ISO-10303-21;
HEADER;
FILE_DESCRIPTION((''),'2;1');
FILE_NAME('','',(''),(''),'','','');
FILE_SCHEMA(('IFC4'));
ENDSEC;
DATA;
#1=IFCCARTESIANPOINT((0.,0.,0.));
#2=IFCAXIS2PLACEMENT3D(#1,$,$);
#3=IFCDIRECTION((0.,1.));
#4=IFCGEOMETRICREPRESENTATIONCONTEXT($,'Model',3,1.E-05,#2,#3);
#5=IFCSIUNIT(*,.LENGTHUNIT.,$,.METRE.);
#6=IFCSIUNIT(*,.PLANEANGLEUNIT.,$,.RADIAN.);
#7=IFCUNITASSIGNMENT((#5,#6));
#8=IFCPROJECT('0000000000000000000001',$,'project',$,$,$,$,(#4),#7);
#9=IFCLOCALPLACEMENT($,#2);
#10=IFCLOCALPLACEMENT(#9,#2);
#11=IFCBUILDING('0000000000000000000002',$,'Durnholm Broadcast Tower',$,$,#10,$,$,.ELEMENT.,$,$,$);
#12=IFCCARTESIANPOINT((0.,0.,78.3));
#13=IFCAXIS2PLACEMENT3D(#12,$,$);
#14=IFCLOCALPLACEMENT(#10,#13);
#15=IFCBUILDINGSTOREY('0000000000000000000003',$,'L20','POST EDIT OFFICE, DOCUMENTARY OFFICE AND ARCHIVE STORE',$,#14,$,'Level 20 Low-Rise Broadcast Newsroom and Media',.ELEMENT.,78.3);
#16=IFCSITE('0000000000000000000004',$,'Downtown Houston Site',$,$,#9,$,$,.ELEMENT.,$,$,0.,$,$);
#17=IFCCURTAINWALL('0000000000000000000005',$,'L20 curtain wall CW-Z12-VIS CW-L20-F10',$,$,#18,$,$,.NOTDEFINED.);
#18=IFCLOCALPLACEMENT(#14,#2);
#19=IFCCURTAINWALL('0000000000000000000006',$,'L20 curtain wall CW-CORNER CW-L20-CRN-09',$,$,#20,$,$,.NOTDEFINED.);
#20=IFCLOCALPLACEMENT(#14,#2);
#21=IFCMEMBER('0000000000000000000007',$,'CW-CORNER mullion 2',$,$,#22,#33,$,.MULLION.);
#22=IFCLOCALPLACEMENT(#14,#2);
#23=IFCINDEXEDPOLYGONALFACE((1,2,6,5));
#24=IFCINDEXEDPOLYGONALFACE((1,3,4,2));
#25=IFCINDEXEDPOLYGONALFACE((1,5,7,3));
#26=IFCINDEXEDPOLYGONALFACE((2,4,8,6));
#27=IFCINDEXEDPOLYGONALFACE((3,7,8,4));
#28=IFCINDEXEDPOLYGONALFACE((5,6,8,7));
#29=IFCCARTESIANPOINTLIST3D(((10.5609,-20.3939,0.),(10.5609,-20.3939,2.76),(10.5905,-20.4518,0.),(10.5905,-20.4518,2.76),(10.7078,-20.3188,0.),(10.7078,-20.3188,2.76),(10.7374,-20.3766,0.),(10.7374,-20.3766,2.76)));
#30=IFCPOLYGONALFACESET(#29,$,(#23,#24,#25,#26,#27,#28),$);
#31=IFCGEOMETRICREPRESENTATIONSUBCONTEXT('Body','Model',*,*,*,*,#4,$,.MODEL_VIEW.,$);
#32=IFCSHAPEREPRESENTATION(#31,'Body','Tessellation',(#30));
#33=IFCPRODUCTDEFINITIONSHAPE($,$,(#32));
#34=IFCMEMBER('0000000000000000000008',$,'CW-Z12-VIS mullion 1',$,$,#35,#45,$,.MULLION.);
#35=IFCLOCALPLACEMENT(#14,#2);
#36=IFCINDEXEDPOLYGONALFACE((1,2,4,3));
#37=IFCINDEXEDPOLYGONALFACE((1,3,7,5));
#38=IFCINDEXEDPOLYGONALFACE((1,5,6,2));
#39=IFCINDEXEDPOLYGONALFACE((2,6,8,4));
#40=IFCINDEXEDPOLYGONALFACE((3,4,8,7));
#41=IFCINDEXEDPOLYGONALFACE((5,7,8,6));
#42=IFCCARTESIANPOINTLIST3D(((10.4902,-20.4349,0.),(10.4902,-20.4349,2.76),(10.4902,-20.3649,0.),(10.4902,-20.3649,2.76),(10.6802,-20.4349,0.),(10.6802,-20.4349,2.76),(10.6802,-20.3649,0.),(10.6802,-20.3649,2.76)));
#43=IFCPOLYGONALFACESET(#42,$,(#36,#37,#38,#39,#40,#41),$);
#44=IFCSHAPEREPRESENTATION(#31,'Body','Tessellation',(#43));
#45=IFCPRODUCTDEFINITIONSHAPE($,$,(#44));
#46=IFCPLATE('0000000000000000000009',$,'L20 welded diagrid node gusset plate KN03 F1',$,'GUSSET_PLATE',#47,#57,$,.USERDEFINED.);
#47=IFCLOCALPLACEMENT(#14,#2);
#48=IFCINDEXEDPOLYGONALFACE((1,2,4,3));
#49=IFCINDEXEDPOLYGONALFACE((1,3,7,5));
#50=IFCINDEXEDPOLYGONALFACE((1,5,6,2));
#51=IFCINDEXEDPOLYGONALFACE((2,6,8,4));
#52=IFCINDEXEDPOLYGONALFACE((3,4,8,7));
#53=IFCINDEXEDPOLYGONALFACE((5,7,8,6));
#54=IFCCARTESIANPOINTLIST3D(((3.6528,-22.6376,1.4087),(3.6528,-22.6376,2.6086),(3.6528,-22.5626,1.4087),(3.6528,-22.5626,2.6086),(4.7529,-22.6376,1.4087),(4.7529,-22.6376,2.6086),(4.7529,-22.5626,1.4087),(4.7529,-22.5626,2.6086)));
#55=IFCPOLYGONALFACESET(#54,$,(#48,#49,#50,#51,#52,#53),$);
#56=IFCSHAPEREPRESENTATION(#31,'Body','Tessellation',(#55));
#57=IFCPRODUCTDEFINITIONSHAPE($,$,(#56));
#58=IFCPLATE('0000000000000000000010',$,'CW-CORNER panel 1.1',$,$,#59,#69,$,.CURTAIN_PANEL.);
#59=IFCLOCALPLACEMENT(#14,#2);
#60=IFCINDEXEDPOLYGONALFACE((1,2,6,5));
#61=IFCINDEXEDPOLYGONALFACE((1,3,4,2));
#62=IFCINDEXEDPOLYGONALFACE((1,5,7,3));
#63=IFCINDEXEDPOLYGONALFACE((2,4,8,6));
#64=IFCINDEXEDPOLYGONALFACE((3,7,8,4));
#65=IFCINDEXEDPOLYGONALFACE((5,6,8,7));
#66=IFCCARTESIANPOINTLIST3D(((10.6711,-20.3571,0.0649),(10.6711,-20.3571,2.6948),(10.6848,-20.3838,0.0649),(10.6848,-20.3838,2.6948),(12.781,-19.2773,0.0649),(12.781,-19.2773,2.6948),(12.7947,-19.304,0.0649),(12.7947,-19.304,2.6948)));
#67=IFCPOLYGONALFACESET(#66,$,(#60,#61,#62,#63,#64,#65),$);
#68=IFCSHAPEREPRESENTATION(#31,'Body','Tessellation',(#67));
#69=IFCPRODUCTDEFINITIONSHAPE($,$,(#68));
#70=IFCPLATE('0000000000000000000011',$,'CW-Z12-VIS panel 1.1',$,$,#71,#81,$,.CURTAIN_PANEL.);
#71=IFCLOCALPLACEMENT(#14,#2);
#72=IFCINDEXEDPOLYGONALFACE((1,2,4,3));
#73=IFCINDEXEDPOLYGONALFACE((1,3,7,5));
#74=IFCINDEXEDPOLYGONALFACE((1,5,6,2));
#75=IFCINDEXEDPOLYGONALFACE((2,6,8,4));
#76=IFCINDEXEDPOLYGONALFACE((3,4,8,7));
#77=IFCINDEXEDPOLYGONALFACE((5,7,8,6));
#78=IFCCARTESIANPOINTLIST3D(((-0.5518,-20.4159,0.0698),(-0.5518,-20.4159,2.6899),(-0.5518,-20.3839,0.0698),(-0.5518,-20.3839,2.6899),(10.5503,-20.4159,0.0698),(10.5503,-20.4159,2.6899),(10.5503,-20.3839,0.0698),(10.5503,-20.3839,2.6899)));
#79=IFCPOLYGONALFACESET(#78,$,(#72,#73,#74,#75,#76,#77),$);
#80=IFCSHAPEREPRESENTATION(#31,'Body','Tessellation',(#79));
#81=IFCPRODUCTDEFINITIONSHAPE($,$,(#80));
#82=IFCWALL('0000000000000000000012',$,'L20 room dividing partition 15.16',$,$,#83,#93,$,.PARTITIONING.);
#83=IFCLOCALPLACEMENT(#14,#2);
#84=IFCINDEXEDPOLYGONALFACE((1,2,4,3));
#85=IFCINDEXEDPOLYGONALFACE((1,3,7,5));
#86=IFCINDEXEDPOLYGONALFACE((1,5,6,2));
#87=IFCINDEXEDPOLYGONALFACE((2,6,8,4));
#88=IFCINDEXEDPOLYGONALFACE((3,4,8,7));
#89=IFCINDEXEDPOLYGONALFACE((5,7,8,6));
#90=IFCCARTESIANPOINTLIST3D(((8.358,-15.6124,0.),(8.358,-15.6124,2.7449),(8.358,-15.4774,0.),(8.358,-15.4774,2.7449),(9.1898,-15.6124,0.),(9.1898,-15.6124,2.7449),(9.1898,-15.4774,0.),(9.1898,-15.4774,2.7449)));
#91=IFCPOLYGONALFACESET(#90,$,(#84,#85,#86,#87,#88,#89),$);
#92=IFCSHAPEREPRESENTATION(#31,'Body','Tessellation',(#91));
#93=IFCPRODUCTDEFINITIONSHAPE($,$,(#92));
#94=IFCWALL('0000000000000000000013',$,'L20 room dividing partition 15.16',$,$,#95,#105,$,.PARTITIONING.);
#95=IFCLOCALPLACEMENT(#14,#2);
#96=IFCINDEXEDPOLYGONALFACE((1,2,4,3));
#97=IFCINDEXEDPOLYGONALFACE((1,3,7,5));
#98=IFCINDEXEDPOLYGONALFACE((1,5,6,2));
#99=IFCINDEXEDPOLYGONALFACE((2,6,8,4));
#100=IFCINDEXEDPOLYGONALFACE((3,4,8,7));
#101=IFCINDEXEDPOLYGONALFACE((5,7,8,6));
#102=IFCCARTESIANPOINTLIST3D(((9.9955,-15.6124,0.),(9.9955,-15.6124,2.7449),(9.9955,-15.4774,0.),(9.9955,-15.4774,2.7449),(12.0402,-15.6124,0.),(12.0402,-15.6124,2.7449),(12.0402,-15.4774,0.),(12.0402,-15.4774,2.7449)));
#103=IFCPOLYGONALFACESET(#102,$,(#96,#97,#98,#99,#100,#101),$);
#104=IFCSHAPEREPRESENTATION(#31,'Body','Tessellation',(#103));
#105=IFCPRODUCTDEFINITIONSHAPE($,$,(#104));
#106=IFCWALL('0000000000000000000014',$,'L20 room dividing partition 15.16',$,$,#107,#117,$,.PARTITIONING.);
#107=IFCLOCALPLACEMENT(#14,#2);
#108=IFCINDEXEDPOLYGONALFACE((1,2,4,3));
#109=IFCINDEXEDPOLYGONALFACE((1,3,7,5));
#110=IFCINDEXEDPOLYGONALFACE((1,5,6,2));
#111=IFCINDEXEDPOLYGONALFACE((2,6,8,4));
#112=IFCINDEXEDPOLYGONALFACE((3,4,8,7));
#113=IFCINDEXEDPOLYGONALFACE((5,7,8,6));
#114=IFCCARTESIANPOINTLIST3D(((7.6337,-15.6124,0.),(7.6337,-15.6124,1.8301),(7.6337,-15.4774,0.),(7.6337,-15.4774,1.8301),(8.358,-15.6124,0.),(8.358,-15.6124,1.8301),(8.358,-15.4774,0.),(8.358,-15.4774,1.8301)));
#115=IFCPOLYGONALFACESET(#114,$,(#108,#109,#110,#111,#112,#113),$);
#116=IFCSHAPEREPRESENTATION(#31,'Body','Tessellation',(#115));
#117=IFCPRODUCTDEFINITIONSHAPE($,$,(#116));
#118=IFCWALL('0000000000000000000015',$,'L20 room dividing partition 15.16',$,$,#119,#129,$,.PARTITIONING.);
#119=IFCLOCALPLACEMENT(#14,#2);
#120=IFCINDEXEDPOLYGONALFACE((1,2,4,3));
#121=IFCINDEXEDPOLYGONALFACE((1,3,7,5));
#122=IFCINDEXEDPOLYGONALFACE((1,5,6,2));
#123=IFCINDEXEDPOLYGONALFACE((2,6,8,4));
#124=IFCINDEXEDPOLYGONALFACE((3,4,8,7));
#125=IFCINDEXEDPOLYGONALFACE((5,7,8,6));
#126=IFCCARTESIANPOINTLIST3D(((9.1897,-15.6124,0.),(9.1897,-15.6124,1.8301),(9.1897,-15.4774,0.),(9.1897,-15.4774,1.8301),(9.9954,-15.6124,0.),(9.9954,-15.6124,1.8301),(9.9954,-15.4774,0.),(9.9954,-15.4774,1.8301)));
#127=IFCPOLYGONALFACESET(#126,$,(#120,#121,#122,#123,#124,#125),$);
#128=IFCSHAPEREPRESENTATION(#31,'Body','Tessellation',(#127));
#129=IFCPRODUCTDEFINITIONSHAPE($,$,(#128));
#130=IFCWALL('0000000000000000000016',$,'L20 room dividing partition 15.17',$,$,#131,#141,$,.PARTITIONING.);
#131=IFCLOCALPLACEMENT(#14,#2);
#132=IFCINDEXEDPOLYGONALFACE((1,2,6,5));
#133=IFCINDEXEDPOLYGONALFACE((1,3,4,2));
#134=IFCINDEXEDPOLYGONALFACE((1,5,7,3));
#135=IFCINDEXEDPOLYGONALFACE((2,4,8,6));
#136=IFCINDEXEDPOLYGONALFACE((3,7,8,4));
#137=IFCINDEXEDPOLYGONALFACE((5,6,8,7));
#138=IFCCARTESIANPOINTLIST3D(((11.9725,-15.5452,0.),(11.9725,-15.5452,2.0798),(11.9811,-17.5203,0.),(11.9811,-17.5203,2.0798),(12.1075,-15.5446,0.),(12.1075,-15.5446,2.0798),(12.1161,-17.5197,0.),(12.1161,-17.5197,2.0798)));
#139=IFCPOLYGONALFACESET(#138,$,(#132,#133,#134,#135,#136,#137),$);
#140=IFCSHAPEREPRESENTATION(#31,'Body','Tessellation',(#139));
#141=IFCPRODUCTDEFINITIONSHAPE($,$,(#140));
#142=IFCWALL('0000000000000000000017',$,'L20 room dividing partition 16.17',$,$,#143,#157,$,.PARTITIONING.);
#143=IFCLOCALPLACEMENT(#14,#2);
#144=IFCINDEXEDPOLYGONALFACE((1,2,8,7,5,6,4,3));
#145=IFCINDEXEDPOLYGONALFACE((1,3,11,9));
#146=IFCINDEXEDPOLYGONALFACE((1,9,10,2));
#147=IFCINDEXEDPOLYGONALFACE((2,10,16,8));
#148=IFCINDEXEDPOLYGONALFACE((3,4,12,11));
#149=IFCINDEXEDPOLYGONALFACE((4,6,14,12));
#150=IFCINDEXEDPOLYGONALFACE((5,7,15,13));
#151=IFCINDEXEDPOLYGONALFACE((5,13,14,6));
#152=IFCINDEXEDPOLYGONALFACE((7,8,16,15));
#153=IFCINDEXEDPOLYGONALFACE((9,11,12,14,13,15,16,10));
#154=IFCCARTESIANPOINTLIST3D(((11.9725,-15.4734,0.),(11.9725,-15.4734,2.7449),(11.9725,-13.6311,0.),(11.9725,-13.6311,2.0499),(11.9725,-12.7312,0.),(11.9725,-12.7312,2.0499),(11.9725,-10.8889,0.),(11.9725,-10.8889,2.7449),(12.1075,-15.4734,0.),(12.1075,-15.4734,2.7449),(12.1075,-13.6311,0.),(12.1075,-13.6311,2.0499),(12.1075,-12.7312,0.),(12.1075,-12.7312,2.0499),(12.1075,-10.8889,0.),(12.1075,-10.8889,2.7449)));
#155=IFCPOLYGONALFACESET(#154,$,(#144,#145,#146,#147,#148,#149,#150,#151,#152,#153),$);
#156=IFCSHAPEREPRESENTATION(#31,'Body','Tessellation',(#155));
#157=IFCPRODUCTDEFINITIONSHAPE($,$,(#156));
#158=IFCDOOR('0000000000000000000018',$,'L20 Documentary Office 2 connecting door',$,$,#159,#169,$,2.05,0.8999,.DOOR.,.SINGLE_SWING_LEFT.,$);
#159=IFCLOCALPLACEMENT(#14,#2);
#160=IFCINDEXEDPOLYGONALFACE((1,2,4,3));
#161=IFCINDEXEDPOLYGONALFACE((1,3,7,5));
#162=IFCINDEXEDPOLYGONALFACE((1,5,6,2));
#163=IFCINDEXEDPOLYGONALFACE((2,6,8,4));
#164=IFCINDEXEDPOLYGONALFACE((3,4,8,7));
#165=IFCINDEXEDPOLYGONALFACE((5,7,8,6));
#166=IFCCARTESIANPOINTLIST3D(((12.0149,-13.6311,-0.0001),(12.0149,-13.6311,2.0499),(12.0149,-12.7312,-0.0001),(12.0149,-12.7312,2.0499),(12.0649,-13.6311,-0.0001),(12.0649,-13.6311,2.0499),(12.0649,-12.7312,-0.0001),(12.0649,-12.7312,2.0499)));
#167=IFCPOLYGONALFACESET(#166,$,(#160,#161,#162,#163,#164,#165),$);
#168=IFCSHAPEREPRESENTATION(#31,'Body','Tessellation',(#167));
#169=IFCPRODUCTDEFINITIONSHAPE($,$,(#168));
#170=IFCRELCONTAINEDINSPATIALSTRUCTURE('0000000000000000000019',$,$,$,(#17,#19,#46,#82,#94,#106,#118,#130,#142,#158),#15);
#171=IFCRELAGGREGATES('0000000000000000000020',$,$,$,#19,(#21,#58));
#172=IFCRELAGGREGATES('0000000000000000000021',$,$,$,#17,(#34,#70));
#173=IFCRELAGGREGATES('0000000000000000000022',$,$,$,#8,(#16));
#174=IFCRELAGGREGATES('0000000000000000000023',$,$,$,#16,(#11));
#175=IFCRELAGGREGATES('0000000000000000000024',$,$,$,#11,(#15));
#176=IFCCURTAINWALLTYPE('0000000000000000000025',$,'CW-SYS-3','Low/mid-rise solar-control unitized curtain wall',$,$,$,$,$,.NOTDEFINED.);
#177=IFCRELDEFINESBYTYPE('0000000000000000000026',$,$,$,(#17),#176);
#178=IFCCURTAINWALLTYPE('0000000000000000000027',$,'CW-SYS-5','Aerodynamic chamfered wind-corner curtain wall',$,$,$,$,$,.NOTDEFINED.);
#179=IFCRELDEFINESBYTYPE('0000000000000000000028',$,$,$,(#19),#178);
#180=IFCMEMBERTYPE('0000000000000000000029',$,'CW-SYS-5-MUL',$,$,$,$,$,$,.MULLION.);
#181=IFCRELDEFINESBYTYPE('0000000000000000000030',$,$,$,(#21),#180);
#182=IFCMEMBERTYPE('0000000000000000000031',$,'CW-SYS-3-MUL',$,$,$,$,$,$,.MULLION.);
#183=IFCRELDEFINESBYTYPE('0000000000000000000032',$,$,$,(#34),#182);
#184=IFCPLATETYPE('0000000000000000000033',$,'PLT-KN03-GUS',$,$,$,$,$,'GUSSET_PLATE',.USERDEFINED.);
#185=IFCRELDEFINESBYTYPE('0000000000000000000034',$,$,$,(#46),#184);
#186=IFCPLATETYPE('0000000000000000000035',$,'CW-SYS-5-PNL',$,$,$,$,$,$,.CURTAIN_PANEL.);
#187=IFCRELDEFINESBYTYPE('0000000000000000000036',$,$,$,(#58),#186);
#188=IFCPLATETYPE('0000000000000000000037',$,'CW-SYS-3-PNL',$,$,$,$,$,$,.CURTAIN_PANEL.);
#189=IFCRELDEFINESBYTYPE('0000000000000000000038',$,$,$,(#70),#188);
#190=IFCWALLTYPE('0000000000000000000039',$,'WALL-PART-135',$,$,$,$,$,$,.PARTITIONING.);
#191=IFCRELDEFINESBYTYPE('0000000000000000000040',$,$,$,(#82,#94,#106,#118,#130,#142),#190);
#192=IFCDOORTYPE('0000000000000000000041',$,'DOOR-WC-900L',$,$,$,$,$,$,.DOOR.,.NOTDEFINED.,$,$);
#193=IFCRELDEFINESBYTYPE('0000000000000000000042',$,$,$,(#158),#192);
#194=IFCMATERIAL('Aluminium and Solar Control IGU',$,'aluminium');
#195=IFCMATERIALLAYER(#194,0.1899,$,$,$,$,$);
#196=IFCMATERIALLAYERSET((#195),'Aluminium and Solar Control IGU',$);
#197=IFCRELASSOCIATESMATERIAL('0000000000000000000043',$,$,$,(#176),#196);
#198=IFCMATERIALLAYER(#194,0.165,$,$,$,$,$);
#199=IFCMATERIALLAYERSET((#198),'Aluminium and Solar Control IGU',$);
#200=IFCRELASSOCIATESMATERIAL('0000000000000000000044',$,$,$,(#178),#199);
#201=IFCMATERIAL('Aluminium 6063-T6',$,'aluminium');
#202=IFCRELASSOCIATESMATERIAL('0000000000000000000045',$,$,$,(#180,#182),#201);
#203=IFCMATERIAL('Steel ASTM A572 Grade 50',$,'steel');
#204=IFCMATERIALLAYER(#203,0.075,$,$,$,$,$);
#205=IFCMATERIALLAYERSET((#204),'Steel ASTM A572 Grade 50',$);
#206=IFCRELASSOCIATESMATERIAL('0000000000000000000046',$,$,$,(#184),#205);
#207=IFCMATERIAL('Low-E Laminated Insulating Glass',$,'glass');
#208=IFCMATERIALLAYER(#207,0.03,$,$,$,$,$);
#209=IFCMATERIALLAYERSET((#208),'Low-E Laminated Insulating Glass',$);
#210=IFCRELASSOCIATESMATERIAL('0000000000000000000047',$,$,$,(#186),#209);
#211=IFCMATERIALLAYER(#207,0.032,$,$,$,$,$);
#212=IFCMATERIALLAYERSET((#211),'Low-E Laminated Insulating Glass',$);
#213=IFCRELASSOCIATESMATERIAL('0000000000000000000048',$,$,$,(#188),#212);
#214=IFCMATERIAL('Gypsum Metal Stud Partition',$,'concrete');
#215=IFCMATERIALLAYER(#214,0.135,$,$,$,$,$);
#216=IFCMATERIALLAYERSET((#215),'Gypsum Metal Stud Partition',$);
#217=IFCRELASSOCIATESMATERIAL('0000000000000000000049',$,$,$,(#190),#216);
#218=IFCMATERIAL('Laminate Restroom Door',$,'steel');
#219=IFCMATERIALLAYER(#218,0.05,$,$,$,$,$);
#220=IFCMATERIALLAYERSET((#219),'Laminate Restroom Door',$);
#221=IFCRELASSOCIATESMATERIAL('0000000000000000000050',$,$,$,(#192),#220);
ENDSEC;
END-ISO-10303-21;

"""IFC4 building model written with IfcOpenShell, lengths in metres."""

from ifc_helpers import new_model, si_unit, direction, frame, frame_2d, origin, origin_2d, place, context, subcontext, project, spatial, rectangle, extrude, source, transform, mapped, material, layer, layer_set, material_profile, profile_set, type_object, type_shapes, element, fill, aggregate, save


model = new_model("IFC4")

# Units and contexts
model_context = context("Model", 3, precision=1e-05, world=origin(), true_north=direction((0.0, 1.0)))
body_context = subcontext(model_context, "Body", "Model", "MODEL_VIEW")
ifc_project = project(units=[si_unit("LENGTHUNIT", "METRE"), si_unit("PLANEANGLEUNIT", "RADIAN")], contexts=[model_context])

# Site, building, storey
site_placement = place(None, origin())
site = spatial("IfcSite", under=ifc_project, at=site_placement, Name="Downtown Houston Site", CompositionType="ELEMENT", RefElevation=0.0)
building_placement = place(site_placement, origin())
building = spatial("IfcBuilding", under=site, at=building_placement, Name="Durnholm Broadcast Tower", CompositionType="ELEMENT")
storey_placement = place(building_placement, frame((0.0, 0.0, 78.3)))
storey = spatial("IfcBuildingStorey", under=building, at=storey_placement, Name="L20", Description="POST EDIT OFFICE, DOCUMENTARY OFFICE AND ARCHIVE STORE", LongName="Level 20 Low-Rise Broadcast Newsroom and Media", CompositionType="ELEMENT", Elevation=78.3)

# Curtain wall
ifc_material_1 = material(Name="Aluminium and Solar Control IGU", Category="aluminium")
ifc_layer_1 = layer(ifc_material_1, 0.1899)
ifc_layer_set_1 = layer_set([ifc_layer_1], Name="Aluminium and Solar Control IGU")
curtain_wall_type_1 = type_object("IfcCurtainWallType", Name="CW-SYS-3", Description="Low/mid-rise solar-control unitized curtain wall", PredefinedType="NOTDEFINED", material=ifc_layer_set_1)
curtain_wall_1_placement = place(storey_placement, origin())
curtain_wall_1 = element("IfcCurtainWall", 1, at=curtain_wall_1_placement, inside=storey, type_object=curtain_wall_type_1, Name="L20 curtain wall CW-Z12-VIS CW-L20-F10", PredefinedType="NOTDEFINED")
ifc_material_2 = material(Name="Aluminium 6063-T6", Category="aluminium")

# Curtain wall, member
ifc_layer_2 = layer(ifc_material_1, 0.165)
ifc_layer_set_2 = layer_set([ifc_layer_2], Name="Aluminium and Solar Control IGU")
curtain_wall_type_2 = type_object("IfcCurtainWallType", Name="CW-SYS-5", Description="Aerodynamic chamfered wind-corner curtain wall", PredefinedType="NOTDEFINED", material=ifc_layer_set_2)
curtain_wall_2_placement = place(storey_placement, origin())
curtain_wall_2 = element("IfcCurtainWall", 2, at=curtain_wall_2_placement, inside=storey, type_object=curtain_wall_type_2, Name="L20 curtain wall CW-CORNER CW-L20-CRN-09", PredefinedType="NOTDEFINED")
ifc_material_profile_1 = material_profile(ifc_material_2, rectangle(XDim=0.0649, YDim=0.165, at=origin_2d()), Name="CWM65X165")
ifc_profile_set_1 = profile_set([ifc_material_profile_1], Name="Aluminium 6063-T6")
member_type_1 = type_object("IfcMemberType", Name="CW-SYS-5-MUL", PredefinedType="MULLION", material=ifc_profile_set_1)
shared_shape_1 = source(origin(), body_context, "Body", "SweptSolid", [
    extrude(rectangle(XDim=0.0649, YDim=0.165, at=origin_2d()), origin(), (0.0, 0.0, 1.0), 2.76),
])
type_shapes(member_type_1, [shared_shape_1])
member_1_placement = place(storey_placement, frame((10.6492, -20.3853, 0.0), z_axis=(0.0, 0.0, 1.0), x_axis=(0.455594, -0.890188, 0.0)))
member_1 = element("IfcMember", 3, at=member_1_placement, type_object=member_type_1, Name="CW-CORNER mullion 2", PredefinedType="MULLION", context=body_context, shape_type="MappedRepresentation", body=[
    mapped(shared_shape_1, transform((0.0, 0.0, 0.0), x_axis=(1.0, 0.0, 0.0), y_axis=(0.0, 1.0, 0.0), z_axis=(0.0, 0.0, 1.0), scale=1.0)),
])

# Member
ifc_material_profile_2 = material_profile(ifc_material_2, rectangle(XDim=0.0701, YDim=0.1899, at=origin_2d()), Name="CWM70X190")
ifc_profile_set_2 = profile_set([ifc_material_profile_2], Name="Aluminium 6063-T6")
member_type_2 = type_object("IfcMemberType", Name="CW-SYS-3-MUL", PredefinedType="MULLION", material=ifc_profile_set_2)
shared_shape_2 = source(origin(), body_context, "Body", "SweptSolid", [
    extrude(rectangle(XDim=0.0701, YDim=0.1899, at=origin_2d()), origin(), (0.0, 0.0, 1.0), 2.76),
])
type_shapes(member_type_2, [shared_shape_2])
member_2_placement = place(storey_placement, frame((10.5852, -20.3999, 0.0), z_axis=(0.0, 0.0, 1.0), x_axis=(0.0, -1.0, 0.0)))
member_2 = element("IfcMember", 4, at=member_2_placement, type_object=member_type_2, Name="CW-Z12-VIS mullion 1", PredefinedType="MULLION", context=body_context, shape_type="MappedRepresentation", body=[
    mapped(shared_shape_2, transform((0.0, 0.0, 0.0), x_axis=(1.0, 0.0, 0.0), y_axis=(0.0, 1.0, 0.0), z_axis=(0.0, 0.0, 1.0), scale=1.0)),
])

# Plates
ifc_material_3 = material(Name="Steel ASTM A572 Grade 50", Category="steel")
ifc_layer_3 = layer(ifc_material_3, 0.075)
ifc_layer_set_3 = layer_set([ifc_layer_3], Name="Steel ASTM A572 Grade 50")
plate_type_1 = type_object("IfcPlateType", Name="PLT-KN03-GUS", ElementType="GUSSET_PLATE", PredefinedType="USERDEFINED", material=ifc_layer_set_3)
shared_shape_3 = source(origin(), body_context, "Body", "SweptSolid", [
    extrude(rectangle(XDim=1.1001, YDim=0.075, at=origin_2d()), origin(), (0.0, 0.0, 1.0), 1.2),
])
type_shapes(plate_type_1, [shared_shape_3])
plate_1_placement = place(storey_placement, frame((4.2029, -22.6001, 1.4087), z_axis=(0.0, 0.0, 1.0), x_axis=(1.0, 0.0, 0.0)))
element("IfcPlate", 5, at=plate_1_placement, inside=storey, type_object=plate_type_1, Name="L20 welded diagrid node gusset plate KN03 F1", ObjectType="GUSSET_PLATE", PredefinedType="USERDEFINED", context=body_context, shape_type="MappedRepresentation", body=[
    mapped(shared_shape_3, transform((0.0, 0.0, 0.0), x_axis=(1.0, 0.0, 0.0), y_axis=(0.0, 1.0, 0.0), z_axis=(0.0, 0.0, 1.0), scale=1.0)),
])
ifc_material_4 = material(Name="Low-E Laminated Insulating Glass", Category="glass")
ifc_layer_4 = layer(ifc_material_4, 0.03)
ifc_layer_set_4 = layer_set([ifc_layer_4], Name="Low-E Laminated Insulating Glass")
plate_type_2 = type_object("IfcPlateType", Name="CW-SYS-5-PNL", PredefinedType="CURTAIN_PANEL", material=ifc_layer_set_4)
shared_shape_4 = source(origin(), body_context, "Body", "SweptSolid", [
    extrude(rectangle(XDim=2.3701, YDim=0.03, at=origin_2d()), origin(), (0.0, 0.0, 1.0), 2.6299),
])
type_shapes(plate_type_2, [shared_shape_4])
plate_2_placement = place(storey_placement, frame((11.7329, -19.8306, 0.0649), z_axis=(0.0, 0.0, 1.0), x_axis=(-0.890188, -0.455594, 0.0)))
plate_2 = element("IfcPlate", 6, at=plate_2_placement, type_object=plate_type_2, Name="CW-CORNER panel 1.1", PredefinedType="CURTAIN_PANEL", context=body_context, shape_type="MappedRepresentation", body=[
    mapped(shared_shape_4, transform((0.0, 0.0, 0.0), x_axis=(1.0, 0.0, 0.0), y_axis=(0.0, 1.0, 0.0), z_axis=(0.0, 0.0, 1.0), scale=1.0)),
])
aggregate(curtain_wall_2, [member_1, plate_2])
ifc_layer_5 = layer(ifc_material_4, 0.032)
ifc_layer_set_5 = layer_set([ifc_layer_5], Name="Low-E Laminated Insulating Glass")
plate_type_3 = type_object("IfcPlateType", Name="CW-SYS-3-PNL", PredefinedType="CURTAIN_PANEL", material=ifc_layer_set_5)
shared_shape_5 = source(origin(), body_context, "Body", "SweptSolid", [
    extrude(rectangle(XDim=11.1021, YDim=0.032, at=origin_2d()), origin(), (0.0, 0.0, 1.0), 2.6201),
])
type_shapes(plate_type_3, [shared_shape_5])
plate_3_placement = place(storey_placement, frame((4.9993, -20.3999, 0.0698), z_axis=(0.0, 0.0, 1.0), x_axis=(-1.0, 0.0, 0.0)))
plate_3 = element("IfcPlate", 7, at=plate_3_placement, type_object=plate_type_3, Name="CW-Z12-VIS panel 1.1", PredefinedType="CURTAIN_PANEL", context=body_context, shape_type="MappedRepresentation", body=[
    mapped(shared_shape_5, transform((0.0, 0.0, 0.0), x_axis=(1.0, 0.0, 0.0), y_axis=(0.0, 1.0, 0.0), z_axis=(0.0, 0.0, 1.0), scale=1.0)),
])
aggregate(curtain_wall_1, [member_2, plate_3])

# Walls
ifc_material_5 = material(Name="Gypsum Metal Stud Partition", Category="concrete")
ifc_layer_6 = layer(ifc_material_5, 0.135)
ifc_layer_set_6 = layer_set([ifc_layer_6], Name="Gypsum Metal Stud Partition")
wall_type_1 = type_object("IfcWallType", Name="WALL-PART-135", PredefinedType="PARTITIONING", material=ifc_layer_set_6)
wall_1_placement = place(storey_placement, frame((8.3579, -15.5449, 0.0), z_axis=(0.0, 0.0, 1.0), x_axis=(1.0, 0.0, 0.0)))
element("IfcWall", 8, at=wall_1_placement, inside=storey, type_object=wall_type_1, Name="L20 room dividing partition 15.16", PredefinedType="PARTITIONING", context=body_context, shape_type="SweptSolid", body=[
    extrude(rectangle(XDim=0.8318, YDim=0.135, at=frame_2d((0.416, 0.0))), origin(), (0.0, 0.0, 1.0), 2.7449),
])
wall_2_placement = place(storey_placement, frame((9.9954, -15.5449, 0.0), z_axis=(0.0, 0.0, 1.0), x_axis=(1.0, 0.0, 0.0)))
element("IfcWall", 9, at=wall_2_placement, inside=storey, type_object=wall_type_1, Name="L20 room dividing partition 15.16", PredefinedType="PARTITIONING", context=body_context, shape_type="SweptSolid", body=[
    extrude(rectangle(XDim=2.0447, YDim=0.135, at=frame_2d((1.0225, 0.0))), origin(), (0.0, 0.0, 1.0), 2.7449),
])
wall_3_placement = place(storey_placement, frame((7.6335, -15.5449, 0.0), z_axis=(0.0, 0.0, 1.0), x_axis=(1.0, 0.0, 0.0)))
element("IfcWall", 10, at=wall_3_placement, inside=storey, type_object=wall_type_1, Name="L20 room dividing partition 15.16", PredefinedType="PARTITIONING", context=body_context, shape_type="SweptSolid", body=[
    extrude(rectangle(XDim=0.7244, YDim=0.135, at=frame_2d((0.3623, 0.0))), origin(), (0.0, 0.0, 1.0), 1.8301),
])
wall_4_placement = place(storey_placement, frame((9.1897, -15.5449, 0.0), z_axis=(0.0, 0.0, 1.0), x_axis=(1.0, 0.0, 0.0)))
element("IfcWall", 11, at=wall_4_placement, inside=storey, type_object=wall_type_1, Name="L20 room dividing partition 15.16", PredefinedType="PARTITIONING", context=body_context, shape_type="SweptSolid", body=[
    extrude(rectangle(XDim=0.8057, YDim=0.135, at=frame_2d((0.4028, 0.0))), origin(), (0.0, 0.0, 1.0), 1.8301),
])
wall_5_placement = place(storey_placement, frame((12.04, -15.5449, 0.0), z_axis=(0.0, 0.0, 1.0), x_axis=(0.004326, -0.999991, 0.0)))
element("IfcWall", 12, at=wall_5_placement, inside=storey, type_object=wall_type_1, Name="L20 room dividing partition 15.17", PredefinedType="PARTITIONING", context=body_context, shape_type="SweptSolid", body=[
    extrude(rectangle(XDim=1.9751, YDim=0.135, at=frame_2d((0.9875, 0.0))), origin(), (0.0, 0.0, 1.0), 2.0798),
])

# Wall, opening, door
wall_6_placement = place(storey_placement, frame((12.04, -10.8889, 0.0), z_axis=(0.0, 0.0, 1.0), x_axis=(0.0, -1.0, 0.0)))
wall_6 = element("IfcWall", 13, at=wall_6_placement, inside=storey, type_object=wall_type_1, Name="L20 room dividing partition 16.17", PredefinedType="PARTITIONING", context=body_context, shape_type="SweptSolid", body=[
    extrude(rectangle(XDim=4.5845, YDim=0.135, at=frame_2d((2.2922, 0.0))), origin(), (0.0, 0.0, 1.0), 2.7449),
])
opening_placement = place(wall_6_placement, frame((1.8423, 0.0, 0.0)))
opening = element("IfcOpeningElement", 14, at=opening_placement, cuts=wall_6, PredefinedType="OPENING", context=body_context, shape_type="SweptSolid", body=[
    extrude(rectangle(XDim=0.8999, YDim=2.05, at=frame_2d((0.45, 1.0249))), frame((0.0, 0.0776, 0.0), z_axis=(0.0, -1.0, 0.0), x_axis=(1.0, 0.0, 0.0)), (0.0, 0.0, 1.0), 0.155),
])
ifc_material_6 = material(Name="Laminate Restroom Door", Category="steel")
ifc_layer_7 = layer(ifc_material_6, 0.05)
ifc_layer_set_7 = layer_set([ifc_layer_7], Name="Laminate Restroom Door")
door_type = type_object("IfcDoorType", Name="DOOR-WC-900L", OperationType="NOTDEFINED", PredefinedType="DOOR", material=ifc_layer_set_7)
shared_shape_6 = source(origin(), body_context, "Body", "SweptSolid", [
    extrude(rectangle(XDim=0.8999, YDim=2.05, at=frame_2d((0.45, 1.0249))), frame((0.0, 0.0249, 0.0), z_axis=(0.0, -1.0, 0.0), x_axis=(1.0, 0.0, 0.0)), (0.0, 0.0, 1.0), 0.05),
])
type_shapes(door_type, [shared_shape_6])
door_placement = place(opening_placement, origin())
door = element("IfcDoor", 15, at=door_placement, inside=storey, type_object=door_type, Name="L20 Documentary Office 2 connecting door", OperationType="SINGLE_SWING_LEFT", OverallHeight=2.05, OverallWidth=0.8999, PredefinedType="DOOR", context=body_context, shape_type="MappedRepresentation", body=[
    mapped(shared_shape_6, transform((0.0, 0.0, 0.0), x_axis=(1.0, 0.0, 0.0), y_axis=(0.0, 1.0, 0.0), z_axis=(0.0, 0.0, 1.0), scale=1.0)),
])
fill(opening, door)

save(model, "model.ifc")
